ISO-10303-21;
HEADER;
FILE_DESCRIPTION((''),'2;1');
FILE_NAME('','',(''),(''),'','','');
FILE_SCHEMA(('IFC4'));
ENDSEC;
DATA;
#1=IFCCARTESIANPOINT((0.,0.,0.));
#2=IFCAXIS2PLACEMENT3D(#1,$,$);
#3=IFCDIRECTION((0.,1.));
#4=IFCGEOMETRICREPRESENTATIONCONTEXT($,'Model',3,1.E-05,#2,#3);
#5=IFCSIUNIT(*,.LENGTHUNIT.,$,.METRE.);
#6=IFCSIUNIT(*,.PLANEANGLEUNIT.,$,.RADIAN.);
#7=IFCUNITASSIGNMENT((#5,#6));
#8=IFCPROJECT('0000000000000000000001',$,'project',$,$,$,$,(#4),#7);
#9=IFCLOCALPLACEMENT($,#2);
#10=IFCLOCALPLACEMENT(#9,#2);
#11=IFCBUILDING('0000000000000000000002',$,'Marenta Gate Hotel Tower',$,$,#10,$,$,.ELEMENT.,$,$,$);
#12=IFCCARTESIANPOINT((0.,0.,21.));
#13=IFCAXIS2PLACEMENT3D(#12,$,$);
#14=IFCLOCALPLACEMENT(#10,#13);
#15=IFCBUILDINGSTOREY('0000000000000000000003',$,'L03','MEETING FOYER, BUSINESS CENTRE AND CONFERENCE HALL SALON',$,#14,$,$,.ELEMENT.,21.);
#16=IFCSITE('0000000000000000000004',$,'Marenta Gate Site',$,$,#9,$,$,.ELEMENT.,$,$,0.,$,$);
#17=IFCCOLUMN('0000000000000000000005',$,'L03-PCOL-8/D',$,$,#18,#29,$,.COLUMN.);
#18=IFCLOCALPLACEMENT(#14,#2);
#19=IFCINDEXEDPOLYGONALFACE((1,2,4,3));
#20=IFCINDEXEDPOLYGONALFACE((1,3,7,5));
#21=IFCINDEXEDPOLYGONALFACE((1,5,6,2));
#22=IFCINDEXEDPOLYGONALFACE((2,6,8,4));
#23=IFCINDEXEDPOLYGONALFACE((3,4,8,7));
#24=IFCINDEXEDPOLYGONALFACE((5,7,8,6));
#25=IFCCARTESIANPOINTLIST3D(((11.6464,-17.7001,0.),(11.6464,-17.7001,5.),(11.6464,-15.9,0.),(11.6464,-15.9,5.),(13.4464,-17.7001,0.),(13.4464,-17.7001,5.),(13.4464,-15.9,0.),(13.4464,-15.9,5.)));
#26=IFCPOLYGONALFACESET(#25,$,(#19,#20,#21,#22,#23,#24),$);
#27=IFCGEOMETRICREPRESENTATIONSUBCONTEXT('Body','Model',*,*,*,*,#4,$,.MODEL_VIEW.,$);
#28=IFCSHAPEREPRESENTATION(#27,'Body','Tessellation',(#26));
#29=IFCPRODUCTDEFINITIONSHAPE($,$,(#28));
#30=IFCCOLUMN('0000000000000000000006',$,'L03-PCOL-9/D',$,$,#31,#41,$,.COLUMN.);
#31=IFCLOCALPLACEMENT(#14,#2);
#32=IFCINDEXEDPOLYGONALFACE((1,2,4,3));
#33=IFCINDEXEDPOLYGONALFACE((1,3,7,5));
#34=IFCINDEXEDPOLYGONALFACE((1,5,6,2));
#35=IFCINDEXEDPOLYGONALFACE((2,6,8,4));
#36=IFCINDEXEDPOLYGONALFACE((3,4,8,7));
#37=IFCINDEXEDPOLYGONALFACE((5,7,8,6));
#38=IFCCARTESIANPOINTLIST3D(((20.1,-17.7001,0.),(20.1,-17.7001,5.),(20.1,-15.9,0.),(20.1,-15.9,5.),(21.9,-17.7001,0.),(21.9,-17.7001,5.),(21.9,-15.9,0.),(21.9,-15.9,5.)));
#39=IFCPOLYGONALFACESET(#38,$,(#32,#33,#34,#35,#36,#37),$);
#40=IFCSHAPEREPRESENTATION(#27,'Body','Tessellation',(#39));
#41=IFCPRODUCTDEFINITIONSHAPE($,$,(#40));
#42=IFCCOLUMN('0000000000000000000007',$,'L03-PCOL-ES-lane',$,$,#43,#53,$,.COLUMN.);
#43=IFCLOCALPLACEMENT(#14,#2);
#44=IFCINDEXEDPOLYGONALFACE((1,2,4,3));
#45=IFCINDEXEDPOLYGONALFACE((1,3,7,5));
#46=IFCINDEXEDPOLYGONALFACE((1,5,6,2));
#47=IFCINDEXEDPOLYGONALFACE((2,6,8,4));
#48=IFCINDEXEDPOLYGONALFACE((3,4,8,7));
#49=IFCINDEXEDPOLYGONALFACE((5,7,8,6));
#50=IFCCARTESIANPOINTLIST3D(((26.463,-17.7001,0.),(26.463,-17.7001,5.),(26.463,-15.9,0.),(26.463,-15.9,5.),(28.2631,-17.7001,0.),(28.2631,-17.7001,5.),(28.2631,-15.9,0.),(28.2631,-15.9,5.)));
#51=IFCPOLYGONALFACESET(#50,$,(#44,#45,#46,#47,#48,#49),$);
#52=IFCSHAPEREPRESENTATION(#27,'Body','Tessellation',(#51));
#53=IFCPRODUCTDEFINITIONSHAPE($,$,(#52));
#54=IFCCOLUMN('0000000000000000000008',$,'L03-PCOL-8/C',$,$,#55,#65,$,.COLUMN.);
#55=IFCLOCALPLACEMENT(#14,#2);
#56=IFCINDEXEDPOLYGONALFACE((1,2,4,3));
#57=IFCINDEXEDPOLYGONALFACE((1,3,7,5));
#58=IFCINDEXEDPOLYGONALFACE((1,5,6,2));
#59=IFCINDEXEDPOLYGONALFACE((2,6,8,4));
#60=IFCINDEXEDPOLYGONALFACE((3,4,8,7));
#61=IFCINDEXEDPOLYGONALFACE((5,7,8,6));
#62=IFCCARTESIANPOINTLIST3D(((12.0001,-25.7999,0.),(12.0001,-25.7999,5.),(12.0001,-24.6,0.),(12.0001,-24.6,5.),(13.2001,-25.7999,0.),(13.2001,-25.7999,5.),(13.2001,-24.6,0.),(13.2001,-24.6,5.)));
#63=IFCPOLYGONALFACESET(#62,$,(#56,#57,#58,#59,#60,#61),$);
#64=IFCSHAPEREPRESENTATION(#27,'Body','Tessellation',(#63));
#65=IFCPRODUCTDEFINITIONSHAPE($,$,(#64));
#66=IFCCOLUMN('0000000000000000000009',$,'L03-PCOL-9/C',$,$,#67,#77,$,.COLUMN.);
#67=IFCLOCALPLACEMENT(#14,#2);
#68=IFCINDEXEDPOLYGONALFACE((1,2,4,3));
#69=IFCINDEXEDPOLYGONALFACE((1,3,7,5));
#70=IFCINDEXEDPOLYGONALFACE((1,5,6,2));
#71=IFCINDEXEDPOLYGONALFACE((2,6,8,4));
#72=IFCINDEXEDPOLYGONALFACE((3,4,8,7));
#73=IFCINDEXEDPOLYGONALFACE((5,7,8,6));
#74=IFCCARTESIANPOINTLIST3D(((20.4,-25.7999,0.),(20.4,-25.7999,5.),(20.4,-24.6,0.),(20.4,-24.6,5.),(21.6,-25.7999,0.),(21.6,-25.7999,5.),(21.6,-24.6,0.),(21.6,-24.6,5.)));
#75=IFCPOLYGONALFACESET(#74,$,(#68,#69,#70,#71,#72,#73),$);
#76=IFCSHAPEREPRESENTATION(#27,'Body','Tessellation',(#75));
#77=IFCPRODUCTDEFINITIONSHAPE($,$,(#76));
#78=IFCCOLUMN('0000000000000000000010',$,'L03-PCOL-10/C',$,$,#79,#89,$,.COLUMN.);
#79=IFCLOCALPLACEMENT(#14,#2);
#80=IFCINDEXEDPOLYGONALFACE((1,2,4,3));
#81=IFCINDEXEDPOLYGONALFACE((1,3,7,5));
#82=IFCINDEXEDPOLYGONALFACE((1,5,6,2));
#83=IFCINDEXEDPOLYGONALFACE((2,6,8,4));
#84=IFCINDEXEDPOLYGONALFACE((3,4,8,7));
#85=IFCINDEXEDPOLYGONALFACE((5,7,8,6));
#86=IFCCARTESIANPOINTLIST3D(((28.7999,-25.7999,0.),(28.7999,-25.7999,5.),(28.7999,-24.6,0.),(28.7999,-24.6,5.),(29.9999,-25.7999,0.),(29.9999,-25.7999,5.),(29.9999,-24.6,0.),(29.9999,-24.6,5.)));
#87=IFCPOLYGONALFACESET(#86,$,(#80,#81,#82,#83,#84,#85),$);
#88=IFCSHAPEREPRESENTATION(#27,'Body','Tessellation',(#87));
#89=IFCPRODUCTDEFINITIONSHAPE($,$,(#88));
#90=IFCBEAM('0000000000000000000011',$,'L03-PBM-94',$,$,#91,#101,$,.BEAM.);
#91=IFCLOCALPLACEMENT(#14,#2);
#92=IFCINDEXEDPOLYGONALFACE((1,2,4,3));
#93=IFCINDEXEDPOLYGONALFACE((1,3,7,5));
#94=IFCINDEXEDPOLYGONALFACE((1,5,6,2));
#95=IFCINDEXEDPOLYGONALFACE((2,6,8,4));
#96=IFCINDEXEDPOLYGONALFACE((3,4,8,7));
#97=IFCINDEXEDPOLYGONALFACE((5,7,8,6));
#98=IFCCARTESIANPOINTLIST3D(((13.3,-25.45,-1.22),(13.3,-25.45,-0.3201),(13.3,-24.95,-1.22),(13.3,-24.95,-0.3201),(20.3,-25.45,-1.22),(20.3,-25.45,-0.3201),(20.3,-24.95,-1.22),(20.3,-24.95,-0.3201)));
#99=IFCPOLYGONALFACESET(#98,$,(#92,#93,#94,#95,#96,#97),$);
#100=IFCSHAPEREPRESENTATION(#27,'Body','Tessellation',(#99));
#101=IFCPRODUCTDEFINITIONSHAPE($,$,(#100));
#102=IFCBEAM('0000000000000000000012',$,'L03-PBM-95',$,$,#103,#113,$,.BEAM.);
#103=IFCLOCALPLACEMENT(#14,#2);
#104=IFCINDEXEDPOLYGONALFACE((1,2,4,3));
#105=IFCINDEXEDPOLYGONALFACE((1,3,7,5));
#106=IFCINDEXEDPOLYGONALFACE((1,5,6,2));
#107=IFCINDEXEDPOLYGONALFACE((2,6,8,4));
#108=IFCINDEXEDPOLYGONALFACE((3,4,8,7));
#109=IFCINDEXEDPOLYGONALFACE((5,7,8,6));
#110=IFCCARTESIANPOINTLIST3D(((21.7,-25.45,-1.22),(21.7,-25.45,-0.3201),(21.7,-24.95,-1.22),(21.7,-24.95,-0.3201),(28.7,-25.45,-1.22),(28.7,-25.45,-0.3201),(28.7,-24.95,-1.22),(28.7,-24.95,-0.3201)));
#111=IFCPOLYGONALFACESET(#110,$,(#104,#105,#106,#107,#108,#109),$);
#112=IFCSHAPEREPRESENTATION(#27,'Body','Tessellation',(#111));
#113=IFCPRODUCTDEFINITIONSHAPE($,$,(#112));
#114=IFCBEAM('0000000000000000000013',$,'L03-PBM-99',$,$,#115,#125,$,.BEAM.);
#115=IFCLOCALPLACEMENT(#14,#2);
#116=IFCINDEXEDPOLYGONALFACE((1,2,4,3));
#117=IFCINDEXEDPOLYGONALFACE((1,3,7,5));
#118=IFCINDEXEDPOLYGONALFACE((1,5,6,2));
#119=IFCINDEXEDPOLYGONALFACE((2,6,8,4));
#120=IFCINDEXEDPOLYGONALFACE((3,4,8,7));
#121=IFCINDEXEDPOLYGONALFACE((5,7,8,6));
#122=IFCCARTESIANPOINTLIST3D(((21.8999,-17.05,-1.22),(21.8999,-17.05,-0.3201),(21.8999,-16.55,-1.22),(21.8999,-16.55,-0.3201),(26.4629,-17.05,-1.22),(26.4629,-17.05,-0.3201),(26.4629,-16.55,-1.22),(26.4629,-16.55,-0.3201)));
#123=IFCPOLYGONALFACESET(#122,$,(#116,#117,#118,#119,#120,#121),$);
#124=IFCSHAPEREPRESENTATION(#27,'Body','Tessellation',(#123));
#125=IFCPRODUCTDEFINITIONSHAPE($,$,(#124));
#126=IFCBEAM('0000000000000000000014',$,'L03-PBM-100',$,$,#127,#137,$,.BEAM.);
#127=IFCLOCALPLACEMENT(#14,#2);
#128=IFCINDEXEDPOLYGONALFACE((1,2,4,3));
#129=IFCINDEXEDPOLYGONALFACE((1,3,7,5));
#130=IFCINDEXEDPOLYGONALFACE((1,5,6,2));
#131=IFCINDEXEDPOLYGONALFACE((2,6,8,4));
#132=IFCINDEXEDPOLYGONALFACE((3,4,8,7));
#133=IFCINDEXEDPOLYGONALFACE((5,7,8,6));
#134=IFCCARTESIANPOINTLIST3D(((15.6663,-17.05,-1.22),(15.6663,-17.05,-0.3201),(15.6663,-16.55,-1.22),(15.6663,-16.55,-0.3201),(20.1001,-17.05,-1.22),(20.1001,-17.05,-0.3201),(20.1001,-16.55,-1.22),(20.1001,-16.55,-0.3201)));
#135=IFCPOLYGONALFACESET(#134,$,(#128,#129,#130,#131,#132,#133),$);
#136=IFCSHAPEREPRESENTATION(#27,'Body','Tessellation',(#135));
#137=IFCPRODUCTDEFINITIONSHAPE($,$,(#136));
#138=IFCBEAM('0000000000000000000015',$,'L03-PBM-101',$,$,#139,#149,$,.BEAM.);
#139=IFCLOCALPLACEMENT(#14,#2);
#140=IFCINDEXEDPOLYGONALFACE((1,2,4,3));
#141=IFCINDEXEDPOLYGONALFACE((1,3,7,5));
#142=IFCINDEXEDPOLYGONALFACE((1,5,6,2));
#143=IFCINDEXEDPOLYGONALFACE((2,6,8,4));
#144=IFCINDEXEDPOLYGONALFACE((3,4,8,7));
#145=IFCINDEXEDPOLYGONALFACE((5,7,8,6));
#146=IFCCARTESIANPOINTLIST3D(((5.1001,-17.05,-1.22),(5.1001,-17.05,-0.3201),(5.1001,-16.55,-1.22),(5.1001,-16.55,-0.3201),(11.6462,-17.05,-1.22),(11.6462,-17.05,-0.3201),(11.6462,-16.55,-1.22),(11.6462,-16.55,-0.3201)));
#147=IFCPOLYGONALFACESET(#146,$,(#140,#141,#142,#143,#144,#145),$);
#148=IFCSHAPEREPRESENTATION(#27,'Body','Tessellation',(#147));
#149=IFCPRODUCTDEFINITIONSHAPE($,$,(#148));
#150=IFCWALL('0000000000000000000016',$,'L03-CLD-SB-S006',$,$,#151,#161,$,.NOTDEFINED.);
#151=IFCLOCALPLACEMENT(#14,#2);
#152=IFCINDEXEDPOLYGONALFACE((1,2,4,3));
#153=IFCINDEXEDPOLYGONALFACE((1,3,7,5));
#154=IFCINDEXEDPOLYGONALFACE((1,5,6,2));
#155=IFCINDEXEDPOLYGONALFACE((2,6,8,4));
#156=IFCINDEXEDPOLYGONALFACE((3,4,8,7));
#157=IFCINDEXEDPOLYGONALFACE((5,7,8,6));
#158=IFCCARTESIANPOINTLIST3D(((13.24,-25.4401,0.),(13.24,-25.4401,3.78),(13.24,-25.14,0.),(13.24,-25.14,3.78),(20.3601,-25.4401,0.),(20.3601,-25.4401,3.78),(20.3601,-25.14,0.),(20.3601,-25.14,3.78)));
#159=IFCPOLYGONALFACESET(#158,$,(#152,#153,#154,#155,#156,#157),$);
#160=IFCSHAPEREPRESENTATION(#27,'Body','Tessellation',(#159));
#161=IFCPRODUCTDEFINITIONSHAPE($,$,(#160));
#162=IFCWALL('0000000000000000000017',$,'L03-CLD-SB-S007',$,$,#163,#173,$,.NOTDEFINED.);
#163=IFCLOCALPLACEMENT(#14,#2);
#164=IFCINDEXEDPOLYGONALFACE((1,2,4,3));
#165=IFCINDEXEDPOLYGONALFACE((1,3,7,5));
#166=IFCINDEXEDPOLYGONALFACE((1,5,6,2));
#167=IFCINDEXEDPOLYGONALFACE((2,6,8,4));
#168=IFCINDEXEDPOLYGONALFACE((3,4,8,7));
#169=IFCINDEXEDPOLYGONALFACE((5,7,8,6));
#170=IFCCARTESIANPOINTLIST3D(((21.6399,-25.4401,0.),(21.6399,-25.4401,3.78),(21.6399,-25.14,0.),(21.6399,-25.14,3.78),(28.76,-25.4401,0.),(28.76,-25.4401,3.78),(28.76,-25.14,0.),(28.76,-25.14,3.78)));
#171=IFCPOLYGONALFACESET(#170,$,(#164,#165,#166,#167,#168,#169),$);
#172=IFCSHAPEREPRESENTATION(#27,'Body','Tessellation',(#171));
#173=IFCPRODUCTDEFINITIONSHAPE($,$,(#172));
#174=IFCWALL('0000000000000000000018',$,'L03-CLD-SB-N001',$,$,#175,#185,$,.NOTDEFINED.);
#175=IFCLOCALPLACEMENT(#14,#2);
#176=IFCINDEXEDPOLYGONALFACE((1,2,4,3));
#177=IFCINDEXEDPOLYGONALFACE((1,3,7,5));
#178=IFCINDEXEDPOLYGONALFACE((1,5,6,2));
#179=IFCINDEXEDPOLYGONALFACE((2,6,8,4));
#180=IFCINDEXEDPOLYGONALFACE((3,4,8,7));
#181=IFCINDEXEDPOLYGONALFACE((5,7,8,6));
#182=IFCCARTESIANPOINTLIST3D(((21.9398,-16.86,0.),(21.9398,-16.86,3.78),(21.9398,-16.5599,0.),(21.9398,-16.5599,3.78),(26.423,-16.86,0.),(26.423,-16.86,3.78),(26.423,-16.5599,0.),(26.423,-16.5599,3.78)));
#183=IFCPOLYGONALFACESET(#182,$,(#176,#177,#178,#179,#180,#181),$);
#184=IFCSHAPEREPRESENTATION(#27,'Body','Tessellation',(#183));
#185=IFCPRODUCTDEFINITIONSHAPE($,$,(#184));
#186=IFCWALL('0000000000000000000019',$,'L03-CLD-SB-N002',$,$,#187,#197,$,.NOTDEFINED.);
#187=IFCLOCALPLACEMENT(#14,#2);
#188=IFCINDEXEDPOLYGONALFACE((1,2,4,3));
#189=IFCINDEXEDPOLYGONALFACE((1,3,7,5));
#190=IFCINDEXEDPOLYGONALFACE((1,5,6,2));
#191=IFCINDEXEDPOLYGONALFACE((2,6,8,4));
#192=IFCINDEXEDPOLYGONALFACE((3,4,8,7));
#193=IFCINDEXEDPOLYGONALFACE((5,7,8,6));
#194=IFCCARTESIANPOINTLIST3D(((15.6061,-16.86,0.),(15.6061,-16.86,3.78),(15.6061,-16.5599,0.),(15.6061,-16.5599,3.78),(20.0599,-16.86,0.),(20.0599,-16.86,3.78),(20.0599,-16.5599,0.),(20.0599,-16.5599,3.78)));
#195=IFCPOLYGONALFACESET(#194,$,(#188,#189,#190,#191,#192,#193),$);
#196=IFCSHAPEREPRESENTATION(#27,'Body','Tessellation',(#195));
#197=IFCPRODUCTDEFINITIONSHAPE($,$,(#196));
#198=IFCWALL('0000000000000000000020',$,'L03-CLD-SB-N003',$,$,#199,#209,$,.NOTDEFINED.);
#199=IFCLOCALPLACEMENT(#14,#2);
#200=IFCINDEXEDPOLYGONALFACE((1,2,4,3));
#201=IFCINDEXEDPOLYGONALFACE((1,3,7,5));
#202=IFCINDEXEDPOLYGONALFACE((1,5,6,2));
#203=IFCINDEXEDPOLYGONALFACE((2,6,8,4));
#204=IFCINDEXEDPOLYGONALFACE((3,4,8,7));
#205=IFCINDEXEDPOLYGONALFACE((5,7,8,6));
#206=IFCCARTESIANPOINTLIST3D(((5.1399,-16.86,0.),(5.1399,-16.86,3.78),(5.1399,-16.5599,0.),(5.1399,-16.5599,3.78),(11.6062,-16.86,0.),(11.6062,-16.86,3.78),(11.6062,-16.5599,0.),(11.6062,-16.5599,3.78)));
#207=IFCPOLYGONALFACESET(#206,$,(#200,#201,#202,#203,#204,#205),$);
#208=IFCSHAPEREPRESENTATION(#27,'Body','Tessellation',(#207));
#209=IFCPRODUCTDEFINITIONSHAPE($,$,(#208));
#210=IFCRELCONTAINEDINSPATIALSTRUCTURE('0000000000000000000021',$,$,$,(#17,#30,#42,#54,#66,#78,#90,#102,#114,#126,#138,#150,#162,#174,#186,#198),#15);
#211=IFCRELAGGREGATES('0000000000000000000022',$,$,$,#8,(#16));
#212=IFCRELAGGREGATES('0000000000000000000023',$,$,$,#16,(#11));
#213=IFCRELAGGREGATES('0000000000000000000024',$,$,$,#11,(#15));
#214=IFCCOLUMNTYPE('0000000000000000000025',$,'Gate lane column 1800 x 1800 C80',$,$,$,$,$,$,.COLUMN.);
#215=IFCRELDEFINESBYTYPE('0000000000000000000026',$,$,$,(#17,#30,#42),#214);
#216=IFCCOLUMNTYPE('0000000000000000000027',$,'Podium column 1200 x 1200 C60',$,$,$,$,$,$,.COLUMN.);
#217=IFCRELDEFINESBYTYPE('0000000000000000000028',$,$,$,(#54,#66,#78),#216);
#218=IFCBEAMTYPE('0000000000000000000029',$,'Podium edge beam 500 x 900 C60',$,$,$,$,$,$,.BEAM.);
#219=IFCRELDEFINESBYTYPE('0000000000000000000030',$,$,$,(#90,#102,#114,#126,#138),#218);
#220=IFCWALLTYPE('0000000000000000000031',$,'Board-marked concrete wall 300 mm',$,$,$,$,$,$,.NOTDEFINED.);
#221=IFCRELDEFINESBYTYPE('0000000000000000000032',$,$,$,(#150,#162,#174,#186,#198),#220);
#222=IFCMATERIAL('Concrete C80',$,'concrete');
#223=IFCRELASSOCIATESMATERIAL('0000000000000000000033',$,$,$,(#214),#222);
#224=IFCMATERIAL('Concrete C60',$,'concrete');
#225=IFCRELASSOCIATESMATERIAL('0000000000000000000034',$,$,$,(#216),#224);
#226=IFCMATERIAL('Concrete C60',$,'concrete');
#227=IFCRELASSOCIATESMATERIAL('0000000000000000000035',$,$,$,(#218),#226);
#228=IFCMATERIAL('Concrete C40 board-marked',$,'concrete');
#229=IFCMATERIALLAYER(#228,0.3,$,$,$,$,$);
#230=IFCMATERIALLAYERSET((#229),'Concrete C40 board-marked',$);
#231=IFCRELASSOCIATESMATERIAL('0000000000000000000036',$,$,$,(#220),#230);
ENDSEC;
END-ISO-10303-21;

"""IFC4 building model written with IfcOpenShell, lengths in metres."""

from ifc_helpers import new_model, si_unit, direction, frame, frame_2d, origin, origin_2d, place, context, subcontext, project, spatial, rectangle, extrude, material, layer, layer_set, material_profile, profile_set, type_object, element, save


model = new_model("IFC4")

# Units and contexts
model_context = context("Model", 3, precision=1e-05, world=origin(), true_north=direction((0.0, 1.0)))
body_context = subcontext(model_context, "Body", "Model", "MODEL_VIEW")
ifc_project = project(units=[si_unit("LENGTHUNIT", "METRE"), si_unit("PLANEANGLEUNIT", "RADIAN")], contexts=[model_context])

# Site, building, storey
site_placement = place(None, origin())
site = spatial("IfcSite", under=ifc_project, at=site_placement, Name="Marenta Gate Site", CompositionType="ELEMENT", RefElevation=0.0)
building_placement = place(site_placement, origin())
building = spatial("IfcBuilding", under=site, at=building_placement, Name="Marenta Gate Hotel Tower", CompositionType="ELEMENT")
storey_placement = place(building_placement, frame((0.0, 0.0, 21.0)))
storey = spatial("IfcBuildingStorey", under=building, at=storey_placement, Name="L03", Description="MEETING FOYER, BUSINESS CENTRE AND CONFERENCE HALL SALON", CompositionType="ELEMENT", Elevation=21.0)

# Columns
ifc_material_1 = material(Name="Concrete C80", Category="concrete")
ifc_material_profile_1 = material_profile(ifc_material_1, rectangle(XDim=1.8, YDim=1.8, at=origin_2d()), Name="1800 x 1800")
ifc_profile_set_1 = profile_set([ifc_material_profile_1], Name="Concrete C80")
column_type_1 = type_object("IfcColumnType", Name="Gate lane column 1800 x 1800 C80", PredefinedType="COLUMN", material=ifc_profile_set_1)
for number, where, z_axis, x_axis, name in (
    (1, (12.5464, -16.8, 0.0), (0.0, 0.0, 1.0), (1.0, 0.0, 0.0), "L03-PCOL-8/D"),
    (2, (21.0, -16.8, 0.0), (0.0, 0.0, 1.0), (1.0, 0.0, 0.0), "L03-PCOL-9/D"),
    (3, (27.363, -16.8, 0.0), (0.0, 0.0, 1.0), (1.0, 0.0, 0.0), "L03-PCOL-ES-lane"),
):
    element("IfcColumn", number, at=place(storey_placement, frame(where, z_axis=z_axis, x_axis=x_axis)), inside=storey, type_object=column_type_1, Name=name, PredefinedType="COLUMN", context=body_context, shape_type="SweptSolid", body=[
        extrude(rectangle(XDim=1.8, YDim=1.8, at=origin_2d()), origin(), (0.0, 0.0, 1.0), 5.0),
    ])
ifc_material_2 = material(Name="Concrete C60", Category="concrete")
ifc_material_profile_2 = material_profile(ifc_material_2, rectangle(XDim=1.2, YDim=1.2, at=origin_2d()), Name="1200 x 1200")
ifc_profile_set_2 = profile_set([ifc_material_profile_2], Name="Concrete C60")
column_type_2 = type_object("IfcColumnType", Name="Podium column 1200 x 1200 C60", PredefinedType="COLUMN", material=ifc_profile_set_2)
for number, where, z_axis, x_axis, name in (
    (4, (12.6001, -25.2, 0.0), (0.0, 0.0, 1.0), (1.0, 0.0, 0.0), "L03-PCOL-8/C"),
    (5, (21.0, -25.2, 0.0), (0.0, 0.0, 1.0), (1.0, 0.0, 0.0), "L03-PCOL-9/C"),
    (6, (29.3999, -25.2, 0.0), (0.0, 0.0, 1.0), (1.0, 0.0, 0.0), "L03-PCOL-10/C"),
):
    element("IfcColumn", number, at=place(storey_placement, frame(where, z_axis=z_axis, x_axis=x_axis)), inside=storey, type_object=column_type_2, Name=name, PredefinedType="COLUMN", context=body_context, shape_type="SweptSolid", body=[
        extrude(rectangle(XDim=1.2, YDim=1.2, at=origin_2d()), origin(), (0.0, 0.0, 1.0), 5.0),
    ])

# Beams
ifc_material_3 = material(Name="Concrete C60", Category="concrete")
ifc_material_profile_3 = material_profile(ifc_material_3, rectangle(XDim=0.5, YDim=0.8999, at=origin_2d()), Name="500 x 900")
ifc_profile_set_3 = profile_set([ifc_material_profile_3], Name="Concrete C60")
beam_type = type_object("IfcBeamType", Name="Podium edge beam 500 x 900 C60", PredefinedType="BEAM", material=ifc_profile_set_3)
for number, where, z_axis, x_axis, name in (
    (7, (13.3, -25.2, -0.77), (1.0, 0.0, 0.0), (0.0, 1.0, 0.0), "L03-PBM-94"),
    (8, (21.7, -25.2, -0.77), (1.0, 0.0, 0.0), (0.0, 1.0, 0.0), "L03-PBM-95"),
):
    element("IfcBeam", number, at=place(storey_placement, frame(where, z_axis=z_axis, x_axis=x_axis)), inside=storey, type_object=beam_type, Name=name, PredefinedType="BEAM", context=body_context, shape_type="SweptSolid", body=[
        extrude(rectangle(XDim=0.5, YDim=0.8999, at=origin_2d()), origin(), (0.0, 0.0, 1.0), 7.0),
    ])
beam_1_placement = place(storey_placement, frame((26.4629, -16.8, -0.77), z_axis=(-1.0, 0.0, 0.0), x_axis=(0.0, -1.0, 0.0)))
element("IfcBeam", 9, at=beam_1_placement, inside=storey, type_object=beam_type, Name="L03-PBM-99", PredefinedType="BEAM", context=body_context, shape_type="SweptSolid", body=[
    extrude(rectangle(XDim=0.5, YDim=0.8999, at=origin_2d()), origin(), (0.0, 0.0, 1.0), 4.563),
])
beam_2_placement = place(storey_placement, frame((20.1001, -16.8, -0.77), z_axis=(-1.0, 0.0, 0.0), x_axis=(0.0, -1.0, 0.0)))
element("IfcBeam", 10, at=beam_2_placement, inside=storey, type_object=beam_type, Name="L03-PBM-100", PredefinedType="BEAM", context=body_context, shape_type="SweptSolid", body=[
    extrude(rectangle(XDim=0.5, YDim=0.8999, at=origin_2d()), origin(), (0.0, 0.0, 1.0), 4.4338),
])
beam_3_placement = place(storey_placement, frame((11.6462, -16.8, -0.77), z_axis=(-1.0, 0.0, 0.0), x_axis=(0.0, -1.0, 0.0)))
element("IfcBeam", 11, at=beam_3_placement, inside=storey, type_object=beam_type, Name="L03-PBM-101", PredefinedType="BEAM", context=body_context, shape_type="SweptSolid", body=[
    extrude(rectangle(XDim=0.5, YDim=0.8999, at=origin_2d()), origin(), (0.0, 0.0, 1.0), 6.5461),
])

# Walls
ifc_material_4 = material(Name="Concrete C40 board-marked", Category="concrete")
ifc_layer = layer(ifc_material_4, 0.3)
ifc_layer_set = layer_set([ifc_layer], Name="Concrete C40 board-marked")
wall_type = type_object("IfcWallType", Name="Board-marked concrete wall 300 mm", PredefinedType="NOTDEFINED", material=ifc_layer_set)
for number, where, z_axis, x_axis, name in (
    (12, (13.24, -25.29, 0.0), (0.0, 0.0, 1.0), (1.0, 0.0, 0.0), "L03-CLD-SB-S006"),
    (13, (21.6399, -25.29, 0.0), (0.0, 0.0, 1.0), (1.0, 0.0, 0.0), "L03-CLD-SB-S007"),
):
    element("IfcWall", number, at=place(storey_placement, frame(where, z_axis=z_axis, x_axis=x_axis)), inside=storey, type_object=wall_type, Name=name, PredefinedType="NOTDEFINED", context=body_context, shape_type="SweptSolid", body=[
        extrude(rectangle(XDim=7.1201, YDim=0.3, at=frame_2d((3.5601, 0.0))), origin(), (0.0, 0.0, 1.0), 3.78),
    ])
wall_1_placement = place(storey_placement, frame((26.4231, -16.71, 0.0), z_axis=(0.0, 0.0, 1.0), x_axis=(-1.0, 0.0, 0.0)))
element("IfcWall", 14, at=wall_1_placement, inside=storey, type_object=wall_type, Name="L03-CLD-SB-N001", PredefinedType="NOTDEFINED", context=body_context, shape_type="SweptSolid", body=[
    extrude(rectangle(XDim=4.4832, YDim=0.3, at=frame_2d((2.2417, 0.0))), origin(), (0.0, 0.0, 1.0), 3.78),
])
wall_2_placement = place(storey_placement, frame((20.0601, -16.71, 0.0), z_axis=(0.0, 0.0, 1.0), x_axis=(-1.0, 0.0, 0.0)))
element("IfcWall", 15, at=wall_2_placement, inside=storey, type_object=wall_type, Name="L03-CLD-SB-N002", PredefinedType="NOTDEFINED", context=body_context, shape_type="SweptSolid", body=[
    extrude(rectangle(XDim=4.4539, YDim=0.3, at=frame_2d((2.2271, 0.0))), origin(), (0.0, 0.0, 1.0), 3.78),
])
wall_3_placement = place(storey_placement, frame((11.6062, -16.71, 0.0), z_axis=(0.0, 0.0, 1.0), x_axis=(-1.0, 0.0, 0.0)))
element("IfcWall", 16, at=wall_3_placement, inside=storey, type_object=wall_type, Name="L03-CLD-SB-N003", PredefinedType="NOTDEFINED", context=body_context, shape_type="SweptSolid", body=[
    extrude(rectangle(XDim=6.4663, YDim=0.3, at=frame_2d((3.2332, 0.0))), origin(), (0.0, 0.0, 1.0), 3.78),
])

save(model, "model.ifc")
